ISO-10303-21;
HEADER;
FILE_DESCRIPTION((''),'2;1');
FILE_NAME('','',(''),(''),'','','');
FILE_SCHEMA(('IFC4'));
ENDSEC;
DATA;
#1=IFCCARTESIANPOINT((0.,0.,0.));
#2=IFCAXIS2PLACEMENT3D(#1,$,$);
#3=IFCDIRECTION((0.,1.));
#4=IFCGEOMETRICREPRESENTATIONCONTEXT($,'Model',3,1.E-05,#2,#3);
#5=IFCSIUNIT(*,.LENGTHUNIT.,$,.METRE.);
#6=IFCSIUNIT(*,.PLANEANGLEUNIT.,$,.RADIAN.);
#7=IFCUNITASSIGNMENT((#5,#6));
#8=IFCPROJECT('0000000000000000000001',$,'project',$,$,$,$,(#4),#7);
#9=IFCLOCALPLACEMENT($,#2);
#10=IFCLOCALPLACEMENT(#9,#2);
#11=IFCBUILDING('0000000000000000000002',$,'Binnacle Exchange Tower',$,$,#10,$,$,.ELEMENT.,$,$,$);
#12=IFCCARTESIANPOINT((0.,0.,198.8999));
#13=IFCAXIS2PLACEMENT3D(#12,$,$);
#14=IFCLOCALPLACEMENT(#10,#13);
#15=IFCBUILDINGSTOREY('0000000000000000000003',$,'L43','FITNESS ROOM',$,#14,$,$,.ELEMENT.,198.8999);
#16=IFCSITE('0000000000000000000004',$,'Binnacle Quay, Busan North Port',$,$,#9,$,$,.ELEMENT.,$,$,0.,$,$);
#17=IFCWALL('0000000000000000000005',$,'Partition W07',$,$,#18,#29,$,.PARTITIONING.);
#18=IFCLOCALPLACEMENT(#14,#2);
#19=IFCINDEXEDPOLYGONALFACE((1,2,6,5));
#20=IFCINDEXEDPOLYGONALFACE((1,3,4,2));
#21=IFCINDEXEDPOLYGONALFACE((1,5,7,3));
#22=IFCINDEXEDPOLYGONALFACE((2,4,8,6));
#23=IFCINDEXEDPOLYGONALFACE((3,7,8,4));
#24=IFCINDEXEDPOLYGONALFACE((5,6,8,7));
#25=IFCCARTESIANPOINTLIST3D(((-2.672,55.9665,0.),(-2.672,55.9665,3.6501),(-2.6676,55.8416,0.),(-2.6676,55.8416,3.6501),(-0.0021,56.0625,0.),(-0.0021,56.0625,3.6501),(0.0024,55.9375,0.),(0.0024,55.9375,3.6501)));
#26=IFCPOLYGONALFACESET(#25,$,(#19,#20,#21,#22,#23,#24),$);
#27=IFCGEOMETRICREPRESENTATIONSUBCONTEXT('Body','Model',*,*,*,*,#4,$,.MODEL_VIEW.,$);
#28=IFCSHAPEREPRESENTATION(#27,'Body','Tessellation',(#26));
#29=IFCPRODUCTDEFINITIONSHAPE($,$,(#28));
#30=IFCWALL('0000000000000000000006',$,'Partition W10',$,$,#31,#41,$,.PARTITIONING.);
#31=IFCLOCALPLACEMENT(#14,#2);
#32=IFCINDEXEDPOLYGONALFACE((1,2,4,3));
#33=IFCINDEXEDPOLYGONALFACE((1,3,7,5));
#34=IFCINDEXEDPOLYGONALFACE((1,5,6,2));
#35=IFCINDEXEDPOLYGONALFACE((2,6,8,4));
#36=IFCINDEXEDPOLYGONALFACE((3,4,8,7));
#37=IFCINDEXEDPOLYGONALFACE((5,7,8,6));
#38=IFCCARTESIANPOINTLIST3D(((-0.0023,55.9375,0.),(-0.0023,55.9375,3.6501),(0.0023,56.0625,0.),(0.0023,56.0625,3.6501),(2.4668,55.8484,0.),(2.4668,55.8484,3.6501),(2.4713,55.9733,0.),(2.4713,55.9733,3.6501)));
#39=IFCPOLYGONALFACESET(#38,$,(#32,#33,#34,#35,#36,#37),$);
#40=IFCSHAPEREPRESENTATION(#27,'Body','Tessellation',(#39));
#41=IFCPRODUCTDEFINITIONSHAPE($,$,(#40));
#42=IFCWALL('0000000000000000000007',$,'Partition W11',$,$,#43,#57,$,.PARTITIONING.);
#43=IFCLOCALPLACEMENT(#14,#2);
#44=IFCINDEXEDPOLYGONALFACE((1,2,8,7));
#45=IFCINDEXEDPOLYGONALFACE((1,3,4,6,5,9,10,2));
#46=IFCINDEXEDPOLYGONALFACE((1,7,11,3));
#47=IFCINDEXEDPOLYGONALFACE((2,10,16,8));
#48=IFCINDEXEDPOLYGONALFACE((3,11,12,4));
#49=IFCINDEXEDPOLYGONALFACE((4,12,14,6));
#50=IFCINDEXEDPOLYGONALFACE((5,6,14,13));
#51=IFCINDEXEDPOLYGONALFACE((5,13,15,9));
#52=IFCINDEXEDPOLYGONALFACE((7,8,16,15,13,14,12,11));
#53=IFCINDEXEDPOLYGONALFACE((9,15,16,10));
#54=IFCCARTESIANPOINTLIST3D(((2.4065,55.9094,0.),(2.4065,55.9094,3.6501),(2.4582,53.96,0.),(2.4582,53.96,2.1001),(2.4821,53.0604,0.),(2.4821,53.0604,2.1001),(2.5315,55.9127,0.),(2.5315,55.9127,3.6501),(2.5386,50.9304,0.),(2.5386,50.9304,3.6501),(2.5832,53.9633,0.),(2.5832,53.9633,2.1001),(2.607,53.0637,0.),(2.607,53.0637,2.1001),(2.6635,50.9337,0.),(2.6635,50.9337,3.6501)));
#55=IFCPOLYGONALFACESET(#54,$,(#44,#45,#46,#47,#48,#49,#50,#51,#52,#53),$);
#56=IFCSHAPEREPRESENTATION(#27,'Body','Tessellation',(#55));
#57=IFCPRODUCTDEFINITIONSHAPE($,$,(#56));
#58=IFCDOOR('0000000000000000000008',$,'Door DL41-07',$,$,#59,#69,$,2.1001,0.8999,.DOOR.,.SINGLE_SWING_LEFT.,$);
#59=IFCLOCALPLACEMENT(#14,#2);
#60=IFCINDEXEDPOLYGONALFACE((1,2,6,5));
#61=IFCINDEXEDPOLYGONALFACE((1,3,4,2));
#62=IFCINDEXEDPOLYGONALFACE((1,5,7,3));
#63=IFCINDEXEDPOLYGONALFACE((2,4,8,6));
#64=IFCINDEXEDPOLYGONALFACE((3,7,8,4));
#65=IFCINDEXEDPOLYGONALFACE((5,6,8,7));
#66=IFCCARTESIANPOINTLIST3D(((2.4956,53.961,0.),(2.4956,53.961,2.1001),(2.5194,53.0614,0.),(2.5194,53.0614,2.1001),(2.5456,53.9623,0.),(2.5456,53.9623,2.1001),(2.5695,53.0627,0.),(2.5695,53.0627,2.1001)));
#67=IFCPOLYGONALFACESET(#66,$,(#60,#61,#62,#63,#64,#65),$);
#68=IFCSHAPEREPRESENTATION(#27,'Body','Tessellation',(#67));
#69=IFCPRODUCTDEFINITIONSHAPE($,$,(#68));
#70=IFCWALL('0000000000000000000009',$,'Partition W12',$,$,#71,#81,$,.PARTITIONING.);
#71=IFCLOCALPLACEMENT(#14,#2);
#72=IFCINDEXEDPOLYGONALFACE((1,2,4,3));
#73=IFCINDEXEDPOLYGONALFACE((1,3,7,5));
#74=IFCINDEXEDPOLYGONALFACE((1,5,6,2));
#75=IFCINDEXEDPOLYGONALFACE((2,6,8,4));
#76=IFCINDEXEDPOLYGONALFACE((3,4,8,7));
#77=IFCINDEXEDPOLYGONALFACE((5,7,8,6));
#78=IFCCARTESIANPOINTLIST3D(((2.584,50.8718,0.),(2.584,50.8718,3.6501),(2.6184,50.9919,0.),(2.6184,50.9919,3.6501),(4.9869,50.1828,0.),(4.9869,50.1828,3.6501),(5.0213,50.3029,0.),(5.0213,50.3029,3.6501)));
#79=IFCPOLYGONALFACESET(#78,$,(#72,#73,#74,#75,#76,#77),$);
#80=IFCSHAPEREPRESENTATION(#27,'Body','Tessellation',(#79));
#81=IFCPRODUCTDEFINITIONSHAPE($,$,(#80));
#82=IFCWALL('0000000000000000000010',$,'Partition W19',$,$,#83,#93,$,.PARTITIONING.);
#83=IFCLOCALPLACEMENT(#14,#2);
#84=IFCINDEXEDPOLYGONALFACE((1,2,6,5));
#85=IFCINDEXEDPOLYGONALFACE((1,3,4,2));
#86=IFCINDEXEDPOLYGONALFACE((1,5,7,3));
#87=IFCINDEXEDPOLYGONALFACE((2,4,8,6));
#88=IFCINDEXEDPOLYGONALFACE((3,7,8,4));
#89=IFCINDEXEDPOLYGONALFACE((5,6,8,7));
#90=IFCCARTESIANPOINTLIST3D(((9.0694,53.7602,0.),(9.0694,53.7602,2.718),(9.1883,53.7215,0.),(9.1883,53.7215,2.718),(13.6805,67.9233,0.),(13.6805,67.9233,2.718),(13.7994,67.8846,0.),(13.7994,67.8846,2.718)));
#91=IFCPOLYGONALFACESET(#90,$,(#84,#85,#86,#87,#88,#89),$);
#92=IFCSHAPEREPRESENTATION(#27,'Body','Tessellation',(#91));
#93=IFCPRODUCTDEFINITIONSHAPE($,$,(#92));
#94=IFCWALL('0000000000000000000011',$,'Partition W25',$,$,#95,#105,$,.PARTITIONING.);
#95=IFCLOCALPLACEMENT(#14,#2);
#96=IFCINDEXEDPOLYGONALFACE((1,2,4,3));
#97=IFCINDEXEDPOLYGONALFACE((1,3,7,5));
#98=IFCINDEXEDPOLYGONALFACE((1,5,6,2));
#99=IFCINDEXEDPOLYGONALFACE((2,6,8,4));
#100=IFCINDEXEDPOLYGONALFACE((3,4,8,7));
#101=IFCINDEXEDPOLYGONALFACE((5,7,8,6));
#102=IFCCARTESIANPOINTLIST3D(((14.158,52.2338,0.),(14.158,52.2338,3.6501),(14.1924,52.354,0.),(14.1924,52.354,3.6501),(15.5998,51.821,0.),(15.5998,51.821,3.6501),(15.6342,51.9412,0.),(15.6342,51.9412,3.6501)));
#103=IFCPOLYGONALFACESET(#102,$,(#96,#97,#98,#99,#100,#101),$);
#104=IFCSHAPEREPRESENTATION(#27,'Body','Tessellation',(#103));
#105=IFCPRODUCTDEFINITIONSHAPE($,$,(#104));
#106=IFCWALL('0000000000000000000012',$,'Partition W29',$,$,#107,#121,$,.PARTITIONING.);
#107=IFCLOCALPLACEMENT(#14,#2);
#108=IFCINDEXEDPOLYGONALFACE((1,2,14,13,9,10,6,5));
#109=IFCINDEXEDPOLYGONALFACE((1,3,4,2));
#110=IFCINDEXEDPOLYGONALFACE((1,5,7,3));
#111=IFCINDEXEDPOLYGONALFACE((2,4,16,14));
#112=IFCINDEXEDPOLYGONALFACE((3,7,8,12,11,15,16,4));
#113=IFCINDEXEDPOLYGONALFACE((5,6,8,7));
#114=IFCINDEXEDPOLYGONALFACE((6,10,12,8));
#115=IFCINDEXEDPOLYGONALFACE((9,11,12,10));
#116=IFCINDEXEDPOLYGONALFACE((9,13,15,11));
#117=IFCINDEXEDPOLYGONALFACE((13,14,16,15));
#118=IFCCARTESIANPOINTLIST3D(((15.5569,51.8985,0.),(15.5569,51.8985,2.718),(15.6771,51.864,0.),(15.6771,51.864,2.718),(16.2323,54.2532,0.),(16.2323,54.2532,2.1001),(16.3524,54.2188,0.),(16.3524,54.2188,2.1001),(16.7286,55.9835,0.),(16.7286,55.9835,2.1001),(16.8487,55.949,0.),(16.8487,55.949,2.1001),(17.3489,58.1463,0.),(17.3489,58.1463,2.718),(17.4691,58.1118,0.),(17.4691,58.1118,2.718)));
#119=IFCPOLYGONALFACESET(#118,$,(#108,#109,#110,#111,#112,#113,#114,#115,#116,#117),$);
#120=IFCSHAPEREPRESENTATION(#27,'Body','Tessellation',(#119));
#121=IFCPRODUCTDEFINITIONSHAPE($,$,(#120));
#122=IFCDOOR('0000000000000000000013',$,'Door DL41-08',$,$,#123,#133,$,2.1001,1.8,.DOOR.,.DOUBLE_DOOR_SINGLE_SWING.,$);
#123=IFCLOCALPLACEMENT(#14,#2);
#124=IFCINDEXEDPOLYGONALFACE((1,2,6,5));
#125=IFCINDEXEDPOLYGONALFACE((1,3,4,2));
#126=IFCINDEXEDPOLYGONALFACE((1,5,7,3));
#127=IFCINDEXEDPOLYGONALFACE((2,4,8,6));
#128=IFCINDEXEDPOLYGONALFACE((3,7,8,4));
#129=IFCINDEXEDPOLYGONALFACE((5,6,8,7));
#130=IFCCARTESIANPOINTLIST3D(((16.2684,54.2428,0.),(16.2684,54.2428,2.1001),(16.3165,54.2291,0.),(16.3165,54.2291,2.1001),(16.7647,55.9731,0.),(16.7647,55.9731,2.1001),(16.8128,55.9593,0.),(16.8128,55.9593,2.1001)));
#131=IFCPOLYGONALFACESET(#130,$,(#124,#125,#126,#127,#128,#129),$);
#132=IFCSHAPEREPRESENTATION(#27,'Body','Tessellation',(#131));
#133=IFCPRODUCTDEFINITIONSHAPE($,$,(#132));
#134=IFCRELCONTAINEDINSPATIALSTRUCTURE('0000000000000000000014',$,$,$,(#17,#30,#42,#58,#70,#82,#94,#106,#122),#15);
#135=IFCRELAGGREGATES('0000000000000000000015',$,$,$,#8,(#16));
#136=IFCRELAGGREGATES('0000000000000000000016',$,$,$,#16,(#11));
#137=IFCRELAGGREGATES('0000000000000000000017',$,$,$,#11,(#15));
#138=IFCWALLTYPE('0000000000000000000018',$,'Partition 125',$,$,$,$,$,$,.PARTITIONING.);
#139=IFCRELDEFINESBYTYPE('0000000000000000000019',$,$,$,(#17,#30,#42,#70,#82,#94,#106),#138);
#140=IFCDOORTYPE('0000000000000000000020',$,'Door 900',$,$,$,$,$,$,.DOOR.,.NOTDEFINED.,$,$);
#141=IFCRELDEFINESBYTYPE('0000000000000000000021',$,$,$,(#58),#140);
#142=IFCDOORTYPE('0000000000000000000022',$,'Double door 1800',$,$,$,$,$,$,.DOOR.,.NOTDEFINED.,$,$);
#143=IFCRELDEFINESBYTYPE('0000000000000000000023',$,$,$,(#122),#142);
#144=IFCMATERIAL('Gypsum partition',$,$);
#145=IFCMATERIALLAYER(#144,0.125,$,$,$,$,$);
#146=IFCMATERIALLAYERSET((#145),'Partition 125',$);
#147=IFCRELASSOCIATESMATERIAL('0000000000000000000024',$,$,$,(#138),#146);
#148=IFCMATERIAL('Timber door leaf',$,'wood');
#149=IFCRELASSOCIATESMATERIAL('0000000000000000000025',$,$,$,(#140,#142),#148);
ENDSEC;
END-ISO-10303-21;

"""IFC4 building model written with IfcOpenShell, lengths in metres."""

from ifc_helpers import new_model, si_unit, direction, frame, frame_2d, origin, place, context, subcontext, project, spatial, rectangle, extrude, material, layer, layer_set, type_object, element, fill, save


model = new_model("IFC4")

# Units and contexts
model_context = context("Model", 3, precision=1e-05, world=origin(), true_north=direction((0.0, 1.0)))
body_context = subcontext(model_context, "Body", "Model", "MODEL_VIEW")
ifc_project = project(units=[si_unit("LENGTHUNIT", "METRE"), si_unit("PLANEANGLEUNIT", "RADIAN")], contexts=[model_context])

# Site, building, storey
site_placement = place(None, origin())
site = spatial("IfcSite", under=ifc_project, at=site_placement, Name="Binnacle Quay, Busan North Port", CompositionType="ELEMENT", RefElevation=0.0)
building_placement = place(site_placement, origin())
building = spatial("IfcBuilding", under=site, at=building_placement, Name="Binnacle Exchange Tower", CompositionType="ELEMENT")
storey_placement = place(building_placement, frame((0.0, 0.0, 198.8999)))
storey = spatial("IfcBuildingStorey", under=building, at=storey_placement, Name="L43", Description="FITNESS ROOM", CompositionType="ELEMENT", Elevation=198.8999)

# Shared definitions
ifc_material_1 = material(Name="Gypsum partition")
ifc_layer_1 = layer(ifc_material_1, 0.125)
ifc_layer_set_1 = layer_set([ifc_layer_1], Name="Partition 125")
wall_type_1 = type_object("IfcWallType", Name="Partition 125", PredefinedType="PARTITIONING", material=ifc_layer_set_1)
ifc_material_2 = material(Name="Timber door leaf", Category="wood")
door_type_1 = type_object("IfcDoorType", Name="Door 900", OperationType="NOTDEFINED", PredefinedType="DOOR", material=ifc_material_2)

# Walls
wall_1_placement = place(storey_placement, frame((-2.6699, 55.9041, 0.0), z_axis=(0.0, 0.0, 1.0), x_axis=(0.999355, 0.035913, 0.0)))
element("IfcWall", 1, at=wall_1_placement, inside=storey, type_object=wall_type_1, Name="Partition W07", PredefinedType="PARTITIONING", context=body_context, shape_type="SweptSolid", body=[
    extrude(rectangle(XDim=2.6716, YDim=0.125, at=frame_2d((1.3359, 0.0))), origin(), (0.0, 0.0, 1.0), 3.6501),
])
wall_2_placement = place(storey_placement, frame((0.0, 56.0, 0.0), z_axis=(0.0, 0.0, 1.0), x_axis=(0.999349, -0.036069, 0.0)))
element("IfcWall", 2, at=wall_2_placement, inside=storey, type_object=wall_type_1, Name="Partition W10", PredefinedType="PARTITIONING", context=body_context, shape_type="SweptSolid", body=[
    extrude(rectangle(XDim=2.4707, YDim=0.125, at=frame_2d((1.2354, 0.0))), origin(), (0.0, 0.0, 1.0), 3.6501),
])

# Wall, opening, door
wall_3_placement = place(storey_placement, frame((2.469, 55.9109, 0.0), z_axis=(0.0, 0.0, 1.0), x_axis=(0.026518, -0.999648, 0.0)))
wall_3 = element("IfcWall", 3, at=wall_3_placement, inside=storey, type_object=wall_type_1, Name="Partition W11", PredefinedType="PARTITIONING", context=body_context, shape_type="SweptSolid", body=[
    extrude(rectangle(XDim=4.9807, YDim=0.125, at=frame_2d((2.4902, 0.0))), origin(), (0.0, 0.0, 1.0), 3.6501),
])
opening_1_placement = place(wall_3_placement, frame((1.95, 0.0, 0.0)))
opening_1 = element("IfcOpeningElement", 4, at=opening_1_placement, cuts=wall_3, PredefinedType="OPENING", context=body_context, shape_type="SweptSolid", body=[
    extrude(rectangle(XDim=0.8999, YDim=2.1001, at=frame_2d((0.45, 1.05))), frame((0.0, 0.0725, 0.0), z_axis=(0.0, -1.0, 0.0), x_axis=(1.0, 0.0, 0.0)), (0.0, 0.0, 1.0), 0.145),
])
door_1_placement = place(opening_1_placement, origin())
door_1 = element("IfcDoor", 5, at=door_1_placement, inside=storey, type_object=door_type_1, Name="Door DL41-07", OperationType="SINGLE_SWING_LEFT", OverallHeight=2.1001, OverallWidth=0.8999, PredefinedType="DOOR", context=body_context, shape_type="SweptSolid", body=[
    extrude(rectangle(XDim=0.8999, YDim=2.1001, at=frame_2d((0.45, 1.05))), frame((0.0, 0.0249, 0.0), z_axis=(0.0, -1.0, 0.0), x_axis=(1.0, 0.0, 0.0)), (0.0, 0.0, 1.0), 0.05),
])
fill(opening_1, door_1)

# Walls
wall_4_placement = place(storey_placement, frame((2.6011, 50.9319, 0.0), z_axis=(0.0, 0.0, 1.0), x_axis=(0.961266, -0.275624, 0.0)))
element("IfcWall", 6, at=wall_4_placement, inside=storey, type_object=wall_type_1, Name="Partition W12", PredefinedType="PARTITIONING", context=body_context, shape_type="SweptSolid", body=[
    extrude(rectangle(XDim=2.4998, YDim=0.125, at=frame_2d((1.25, 0.0))), origin(), (0.0, 0.0, 1.0), 3.6501),
])
wall_5_placement = place(storey_placement, frame((9.1289, 53.741, 0.0), z_axis=(0.0, 0.0, 1.0), x_axis=(0.309577, 0.950874, 0.0)))
element("IfcWall", 7, at=wall_5_placement, inside=storey, type_object=wall_type_1, Name="Partition W19", PredefinedType="PARTITIONING", context=body_context, shape_type="SweptSolid", body=[
    extrude(rectangle(XDim=14.8948, YDim=0.125, at=frame_2d((7.4473, 0.0))), origin(), (0.0, 0.0, 1.0), 2.718),
])
wall_6_placement = place(storey_placement, frame((14.175, 52.2939, 0.0), z_axis=(0.0, 0.0, 1.0), x_axis=(0.96137, -0.275259, 0.0)))
element("IfcWall", 8, at=wall_6_placement, inside=storey, type_object=wall_type_1, Name="Partition W25", PredefinedType="PARTITIONING", context=body_context, shape_type="SweptSolid", body=[
    extrude(rectangle(XDim=1.4998, YDim=0.125, at=frame_2d((0.75, 0.0))), origin(), (0.0, 0.0, 1.0), 3.6501),
])

# Wall, opening, door
wall_7_placement = place(storey_placement, frame((15.6169, 51.8811, 0.0), z_axis=(0.0, 0.0, 1.0), x_axis=(0.275703, 0.961243, 0.0)))
wall_7 = element("IfcWall", 9, at=wall_7_placement, inside=storey, type_object=wall_type_1, Name="Partition W29", PredefinedType="PARTITIONING", context=body_context, shape_type="SweptSolid", body=[
    extrude(rectangle(XDim=6.4998, YDim=0.125, at=frame_2d((3.25, 0.0))), origin(), (0.0, 0.0, 1.0), 2.718),
])
opening_2_placement = place(wall_7_placement, frame((2.45, 0.0, 0.0)))
opening_2 = element("IfcOpeningElement", 10, at=opening_2_placement, cuts=wall_7, PredefinedType="OPENING", context=body_context, shape_type="SweptSolid", body=[
    extrude(rectangle(XDim=1.8, YDim=2.1001, at=frame_2d((0.8999, 1.05))), frame((0.0, 0.0725, 0.0), z_axis=(0.0, -1.0, 0.0), x_axis=(1.0, 0.0, 0.0)), (0.0, 0.0, 1.0), 0.145),
])
door_type_2 = type_object("IfcDoorType", Name="Double door 1800", OperationType="NOTDEFINED", PredefinedType="DOOR", material=ifc_material_2)
door_2_placement = place(opening_2_placement, origin())
door_2 = element("IfcDoor", 11, at=door_2_placement, inside=storey, type_object=door_type_2, Name="Door DL41-08", OperationType="DOUBLE_DOOR_SINGLE_SWING", OverallHeight=2.1001, OverallWidth=1.8, PredefinedType="DOOR", context=body_context, shape_type="SweptSolid", body=[
    extrude(rectangle(XDim=1.8, YDim=2.1001, at=frame_2d((0.8999, 1.05))), frame((0.0, 0.0249, 0.0), z_axis=(0.0, -1.0, 0.0), x_axis=(1.0, 0.0, 0.0)), (0.0, 0.0, 1.0), 0.05),
])
fill(opening_2, door_2)

save(model, "model.ifc")
